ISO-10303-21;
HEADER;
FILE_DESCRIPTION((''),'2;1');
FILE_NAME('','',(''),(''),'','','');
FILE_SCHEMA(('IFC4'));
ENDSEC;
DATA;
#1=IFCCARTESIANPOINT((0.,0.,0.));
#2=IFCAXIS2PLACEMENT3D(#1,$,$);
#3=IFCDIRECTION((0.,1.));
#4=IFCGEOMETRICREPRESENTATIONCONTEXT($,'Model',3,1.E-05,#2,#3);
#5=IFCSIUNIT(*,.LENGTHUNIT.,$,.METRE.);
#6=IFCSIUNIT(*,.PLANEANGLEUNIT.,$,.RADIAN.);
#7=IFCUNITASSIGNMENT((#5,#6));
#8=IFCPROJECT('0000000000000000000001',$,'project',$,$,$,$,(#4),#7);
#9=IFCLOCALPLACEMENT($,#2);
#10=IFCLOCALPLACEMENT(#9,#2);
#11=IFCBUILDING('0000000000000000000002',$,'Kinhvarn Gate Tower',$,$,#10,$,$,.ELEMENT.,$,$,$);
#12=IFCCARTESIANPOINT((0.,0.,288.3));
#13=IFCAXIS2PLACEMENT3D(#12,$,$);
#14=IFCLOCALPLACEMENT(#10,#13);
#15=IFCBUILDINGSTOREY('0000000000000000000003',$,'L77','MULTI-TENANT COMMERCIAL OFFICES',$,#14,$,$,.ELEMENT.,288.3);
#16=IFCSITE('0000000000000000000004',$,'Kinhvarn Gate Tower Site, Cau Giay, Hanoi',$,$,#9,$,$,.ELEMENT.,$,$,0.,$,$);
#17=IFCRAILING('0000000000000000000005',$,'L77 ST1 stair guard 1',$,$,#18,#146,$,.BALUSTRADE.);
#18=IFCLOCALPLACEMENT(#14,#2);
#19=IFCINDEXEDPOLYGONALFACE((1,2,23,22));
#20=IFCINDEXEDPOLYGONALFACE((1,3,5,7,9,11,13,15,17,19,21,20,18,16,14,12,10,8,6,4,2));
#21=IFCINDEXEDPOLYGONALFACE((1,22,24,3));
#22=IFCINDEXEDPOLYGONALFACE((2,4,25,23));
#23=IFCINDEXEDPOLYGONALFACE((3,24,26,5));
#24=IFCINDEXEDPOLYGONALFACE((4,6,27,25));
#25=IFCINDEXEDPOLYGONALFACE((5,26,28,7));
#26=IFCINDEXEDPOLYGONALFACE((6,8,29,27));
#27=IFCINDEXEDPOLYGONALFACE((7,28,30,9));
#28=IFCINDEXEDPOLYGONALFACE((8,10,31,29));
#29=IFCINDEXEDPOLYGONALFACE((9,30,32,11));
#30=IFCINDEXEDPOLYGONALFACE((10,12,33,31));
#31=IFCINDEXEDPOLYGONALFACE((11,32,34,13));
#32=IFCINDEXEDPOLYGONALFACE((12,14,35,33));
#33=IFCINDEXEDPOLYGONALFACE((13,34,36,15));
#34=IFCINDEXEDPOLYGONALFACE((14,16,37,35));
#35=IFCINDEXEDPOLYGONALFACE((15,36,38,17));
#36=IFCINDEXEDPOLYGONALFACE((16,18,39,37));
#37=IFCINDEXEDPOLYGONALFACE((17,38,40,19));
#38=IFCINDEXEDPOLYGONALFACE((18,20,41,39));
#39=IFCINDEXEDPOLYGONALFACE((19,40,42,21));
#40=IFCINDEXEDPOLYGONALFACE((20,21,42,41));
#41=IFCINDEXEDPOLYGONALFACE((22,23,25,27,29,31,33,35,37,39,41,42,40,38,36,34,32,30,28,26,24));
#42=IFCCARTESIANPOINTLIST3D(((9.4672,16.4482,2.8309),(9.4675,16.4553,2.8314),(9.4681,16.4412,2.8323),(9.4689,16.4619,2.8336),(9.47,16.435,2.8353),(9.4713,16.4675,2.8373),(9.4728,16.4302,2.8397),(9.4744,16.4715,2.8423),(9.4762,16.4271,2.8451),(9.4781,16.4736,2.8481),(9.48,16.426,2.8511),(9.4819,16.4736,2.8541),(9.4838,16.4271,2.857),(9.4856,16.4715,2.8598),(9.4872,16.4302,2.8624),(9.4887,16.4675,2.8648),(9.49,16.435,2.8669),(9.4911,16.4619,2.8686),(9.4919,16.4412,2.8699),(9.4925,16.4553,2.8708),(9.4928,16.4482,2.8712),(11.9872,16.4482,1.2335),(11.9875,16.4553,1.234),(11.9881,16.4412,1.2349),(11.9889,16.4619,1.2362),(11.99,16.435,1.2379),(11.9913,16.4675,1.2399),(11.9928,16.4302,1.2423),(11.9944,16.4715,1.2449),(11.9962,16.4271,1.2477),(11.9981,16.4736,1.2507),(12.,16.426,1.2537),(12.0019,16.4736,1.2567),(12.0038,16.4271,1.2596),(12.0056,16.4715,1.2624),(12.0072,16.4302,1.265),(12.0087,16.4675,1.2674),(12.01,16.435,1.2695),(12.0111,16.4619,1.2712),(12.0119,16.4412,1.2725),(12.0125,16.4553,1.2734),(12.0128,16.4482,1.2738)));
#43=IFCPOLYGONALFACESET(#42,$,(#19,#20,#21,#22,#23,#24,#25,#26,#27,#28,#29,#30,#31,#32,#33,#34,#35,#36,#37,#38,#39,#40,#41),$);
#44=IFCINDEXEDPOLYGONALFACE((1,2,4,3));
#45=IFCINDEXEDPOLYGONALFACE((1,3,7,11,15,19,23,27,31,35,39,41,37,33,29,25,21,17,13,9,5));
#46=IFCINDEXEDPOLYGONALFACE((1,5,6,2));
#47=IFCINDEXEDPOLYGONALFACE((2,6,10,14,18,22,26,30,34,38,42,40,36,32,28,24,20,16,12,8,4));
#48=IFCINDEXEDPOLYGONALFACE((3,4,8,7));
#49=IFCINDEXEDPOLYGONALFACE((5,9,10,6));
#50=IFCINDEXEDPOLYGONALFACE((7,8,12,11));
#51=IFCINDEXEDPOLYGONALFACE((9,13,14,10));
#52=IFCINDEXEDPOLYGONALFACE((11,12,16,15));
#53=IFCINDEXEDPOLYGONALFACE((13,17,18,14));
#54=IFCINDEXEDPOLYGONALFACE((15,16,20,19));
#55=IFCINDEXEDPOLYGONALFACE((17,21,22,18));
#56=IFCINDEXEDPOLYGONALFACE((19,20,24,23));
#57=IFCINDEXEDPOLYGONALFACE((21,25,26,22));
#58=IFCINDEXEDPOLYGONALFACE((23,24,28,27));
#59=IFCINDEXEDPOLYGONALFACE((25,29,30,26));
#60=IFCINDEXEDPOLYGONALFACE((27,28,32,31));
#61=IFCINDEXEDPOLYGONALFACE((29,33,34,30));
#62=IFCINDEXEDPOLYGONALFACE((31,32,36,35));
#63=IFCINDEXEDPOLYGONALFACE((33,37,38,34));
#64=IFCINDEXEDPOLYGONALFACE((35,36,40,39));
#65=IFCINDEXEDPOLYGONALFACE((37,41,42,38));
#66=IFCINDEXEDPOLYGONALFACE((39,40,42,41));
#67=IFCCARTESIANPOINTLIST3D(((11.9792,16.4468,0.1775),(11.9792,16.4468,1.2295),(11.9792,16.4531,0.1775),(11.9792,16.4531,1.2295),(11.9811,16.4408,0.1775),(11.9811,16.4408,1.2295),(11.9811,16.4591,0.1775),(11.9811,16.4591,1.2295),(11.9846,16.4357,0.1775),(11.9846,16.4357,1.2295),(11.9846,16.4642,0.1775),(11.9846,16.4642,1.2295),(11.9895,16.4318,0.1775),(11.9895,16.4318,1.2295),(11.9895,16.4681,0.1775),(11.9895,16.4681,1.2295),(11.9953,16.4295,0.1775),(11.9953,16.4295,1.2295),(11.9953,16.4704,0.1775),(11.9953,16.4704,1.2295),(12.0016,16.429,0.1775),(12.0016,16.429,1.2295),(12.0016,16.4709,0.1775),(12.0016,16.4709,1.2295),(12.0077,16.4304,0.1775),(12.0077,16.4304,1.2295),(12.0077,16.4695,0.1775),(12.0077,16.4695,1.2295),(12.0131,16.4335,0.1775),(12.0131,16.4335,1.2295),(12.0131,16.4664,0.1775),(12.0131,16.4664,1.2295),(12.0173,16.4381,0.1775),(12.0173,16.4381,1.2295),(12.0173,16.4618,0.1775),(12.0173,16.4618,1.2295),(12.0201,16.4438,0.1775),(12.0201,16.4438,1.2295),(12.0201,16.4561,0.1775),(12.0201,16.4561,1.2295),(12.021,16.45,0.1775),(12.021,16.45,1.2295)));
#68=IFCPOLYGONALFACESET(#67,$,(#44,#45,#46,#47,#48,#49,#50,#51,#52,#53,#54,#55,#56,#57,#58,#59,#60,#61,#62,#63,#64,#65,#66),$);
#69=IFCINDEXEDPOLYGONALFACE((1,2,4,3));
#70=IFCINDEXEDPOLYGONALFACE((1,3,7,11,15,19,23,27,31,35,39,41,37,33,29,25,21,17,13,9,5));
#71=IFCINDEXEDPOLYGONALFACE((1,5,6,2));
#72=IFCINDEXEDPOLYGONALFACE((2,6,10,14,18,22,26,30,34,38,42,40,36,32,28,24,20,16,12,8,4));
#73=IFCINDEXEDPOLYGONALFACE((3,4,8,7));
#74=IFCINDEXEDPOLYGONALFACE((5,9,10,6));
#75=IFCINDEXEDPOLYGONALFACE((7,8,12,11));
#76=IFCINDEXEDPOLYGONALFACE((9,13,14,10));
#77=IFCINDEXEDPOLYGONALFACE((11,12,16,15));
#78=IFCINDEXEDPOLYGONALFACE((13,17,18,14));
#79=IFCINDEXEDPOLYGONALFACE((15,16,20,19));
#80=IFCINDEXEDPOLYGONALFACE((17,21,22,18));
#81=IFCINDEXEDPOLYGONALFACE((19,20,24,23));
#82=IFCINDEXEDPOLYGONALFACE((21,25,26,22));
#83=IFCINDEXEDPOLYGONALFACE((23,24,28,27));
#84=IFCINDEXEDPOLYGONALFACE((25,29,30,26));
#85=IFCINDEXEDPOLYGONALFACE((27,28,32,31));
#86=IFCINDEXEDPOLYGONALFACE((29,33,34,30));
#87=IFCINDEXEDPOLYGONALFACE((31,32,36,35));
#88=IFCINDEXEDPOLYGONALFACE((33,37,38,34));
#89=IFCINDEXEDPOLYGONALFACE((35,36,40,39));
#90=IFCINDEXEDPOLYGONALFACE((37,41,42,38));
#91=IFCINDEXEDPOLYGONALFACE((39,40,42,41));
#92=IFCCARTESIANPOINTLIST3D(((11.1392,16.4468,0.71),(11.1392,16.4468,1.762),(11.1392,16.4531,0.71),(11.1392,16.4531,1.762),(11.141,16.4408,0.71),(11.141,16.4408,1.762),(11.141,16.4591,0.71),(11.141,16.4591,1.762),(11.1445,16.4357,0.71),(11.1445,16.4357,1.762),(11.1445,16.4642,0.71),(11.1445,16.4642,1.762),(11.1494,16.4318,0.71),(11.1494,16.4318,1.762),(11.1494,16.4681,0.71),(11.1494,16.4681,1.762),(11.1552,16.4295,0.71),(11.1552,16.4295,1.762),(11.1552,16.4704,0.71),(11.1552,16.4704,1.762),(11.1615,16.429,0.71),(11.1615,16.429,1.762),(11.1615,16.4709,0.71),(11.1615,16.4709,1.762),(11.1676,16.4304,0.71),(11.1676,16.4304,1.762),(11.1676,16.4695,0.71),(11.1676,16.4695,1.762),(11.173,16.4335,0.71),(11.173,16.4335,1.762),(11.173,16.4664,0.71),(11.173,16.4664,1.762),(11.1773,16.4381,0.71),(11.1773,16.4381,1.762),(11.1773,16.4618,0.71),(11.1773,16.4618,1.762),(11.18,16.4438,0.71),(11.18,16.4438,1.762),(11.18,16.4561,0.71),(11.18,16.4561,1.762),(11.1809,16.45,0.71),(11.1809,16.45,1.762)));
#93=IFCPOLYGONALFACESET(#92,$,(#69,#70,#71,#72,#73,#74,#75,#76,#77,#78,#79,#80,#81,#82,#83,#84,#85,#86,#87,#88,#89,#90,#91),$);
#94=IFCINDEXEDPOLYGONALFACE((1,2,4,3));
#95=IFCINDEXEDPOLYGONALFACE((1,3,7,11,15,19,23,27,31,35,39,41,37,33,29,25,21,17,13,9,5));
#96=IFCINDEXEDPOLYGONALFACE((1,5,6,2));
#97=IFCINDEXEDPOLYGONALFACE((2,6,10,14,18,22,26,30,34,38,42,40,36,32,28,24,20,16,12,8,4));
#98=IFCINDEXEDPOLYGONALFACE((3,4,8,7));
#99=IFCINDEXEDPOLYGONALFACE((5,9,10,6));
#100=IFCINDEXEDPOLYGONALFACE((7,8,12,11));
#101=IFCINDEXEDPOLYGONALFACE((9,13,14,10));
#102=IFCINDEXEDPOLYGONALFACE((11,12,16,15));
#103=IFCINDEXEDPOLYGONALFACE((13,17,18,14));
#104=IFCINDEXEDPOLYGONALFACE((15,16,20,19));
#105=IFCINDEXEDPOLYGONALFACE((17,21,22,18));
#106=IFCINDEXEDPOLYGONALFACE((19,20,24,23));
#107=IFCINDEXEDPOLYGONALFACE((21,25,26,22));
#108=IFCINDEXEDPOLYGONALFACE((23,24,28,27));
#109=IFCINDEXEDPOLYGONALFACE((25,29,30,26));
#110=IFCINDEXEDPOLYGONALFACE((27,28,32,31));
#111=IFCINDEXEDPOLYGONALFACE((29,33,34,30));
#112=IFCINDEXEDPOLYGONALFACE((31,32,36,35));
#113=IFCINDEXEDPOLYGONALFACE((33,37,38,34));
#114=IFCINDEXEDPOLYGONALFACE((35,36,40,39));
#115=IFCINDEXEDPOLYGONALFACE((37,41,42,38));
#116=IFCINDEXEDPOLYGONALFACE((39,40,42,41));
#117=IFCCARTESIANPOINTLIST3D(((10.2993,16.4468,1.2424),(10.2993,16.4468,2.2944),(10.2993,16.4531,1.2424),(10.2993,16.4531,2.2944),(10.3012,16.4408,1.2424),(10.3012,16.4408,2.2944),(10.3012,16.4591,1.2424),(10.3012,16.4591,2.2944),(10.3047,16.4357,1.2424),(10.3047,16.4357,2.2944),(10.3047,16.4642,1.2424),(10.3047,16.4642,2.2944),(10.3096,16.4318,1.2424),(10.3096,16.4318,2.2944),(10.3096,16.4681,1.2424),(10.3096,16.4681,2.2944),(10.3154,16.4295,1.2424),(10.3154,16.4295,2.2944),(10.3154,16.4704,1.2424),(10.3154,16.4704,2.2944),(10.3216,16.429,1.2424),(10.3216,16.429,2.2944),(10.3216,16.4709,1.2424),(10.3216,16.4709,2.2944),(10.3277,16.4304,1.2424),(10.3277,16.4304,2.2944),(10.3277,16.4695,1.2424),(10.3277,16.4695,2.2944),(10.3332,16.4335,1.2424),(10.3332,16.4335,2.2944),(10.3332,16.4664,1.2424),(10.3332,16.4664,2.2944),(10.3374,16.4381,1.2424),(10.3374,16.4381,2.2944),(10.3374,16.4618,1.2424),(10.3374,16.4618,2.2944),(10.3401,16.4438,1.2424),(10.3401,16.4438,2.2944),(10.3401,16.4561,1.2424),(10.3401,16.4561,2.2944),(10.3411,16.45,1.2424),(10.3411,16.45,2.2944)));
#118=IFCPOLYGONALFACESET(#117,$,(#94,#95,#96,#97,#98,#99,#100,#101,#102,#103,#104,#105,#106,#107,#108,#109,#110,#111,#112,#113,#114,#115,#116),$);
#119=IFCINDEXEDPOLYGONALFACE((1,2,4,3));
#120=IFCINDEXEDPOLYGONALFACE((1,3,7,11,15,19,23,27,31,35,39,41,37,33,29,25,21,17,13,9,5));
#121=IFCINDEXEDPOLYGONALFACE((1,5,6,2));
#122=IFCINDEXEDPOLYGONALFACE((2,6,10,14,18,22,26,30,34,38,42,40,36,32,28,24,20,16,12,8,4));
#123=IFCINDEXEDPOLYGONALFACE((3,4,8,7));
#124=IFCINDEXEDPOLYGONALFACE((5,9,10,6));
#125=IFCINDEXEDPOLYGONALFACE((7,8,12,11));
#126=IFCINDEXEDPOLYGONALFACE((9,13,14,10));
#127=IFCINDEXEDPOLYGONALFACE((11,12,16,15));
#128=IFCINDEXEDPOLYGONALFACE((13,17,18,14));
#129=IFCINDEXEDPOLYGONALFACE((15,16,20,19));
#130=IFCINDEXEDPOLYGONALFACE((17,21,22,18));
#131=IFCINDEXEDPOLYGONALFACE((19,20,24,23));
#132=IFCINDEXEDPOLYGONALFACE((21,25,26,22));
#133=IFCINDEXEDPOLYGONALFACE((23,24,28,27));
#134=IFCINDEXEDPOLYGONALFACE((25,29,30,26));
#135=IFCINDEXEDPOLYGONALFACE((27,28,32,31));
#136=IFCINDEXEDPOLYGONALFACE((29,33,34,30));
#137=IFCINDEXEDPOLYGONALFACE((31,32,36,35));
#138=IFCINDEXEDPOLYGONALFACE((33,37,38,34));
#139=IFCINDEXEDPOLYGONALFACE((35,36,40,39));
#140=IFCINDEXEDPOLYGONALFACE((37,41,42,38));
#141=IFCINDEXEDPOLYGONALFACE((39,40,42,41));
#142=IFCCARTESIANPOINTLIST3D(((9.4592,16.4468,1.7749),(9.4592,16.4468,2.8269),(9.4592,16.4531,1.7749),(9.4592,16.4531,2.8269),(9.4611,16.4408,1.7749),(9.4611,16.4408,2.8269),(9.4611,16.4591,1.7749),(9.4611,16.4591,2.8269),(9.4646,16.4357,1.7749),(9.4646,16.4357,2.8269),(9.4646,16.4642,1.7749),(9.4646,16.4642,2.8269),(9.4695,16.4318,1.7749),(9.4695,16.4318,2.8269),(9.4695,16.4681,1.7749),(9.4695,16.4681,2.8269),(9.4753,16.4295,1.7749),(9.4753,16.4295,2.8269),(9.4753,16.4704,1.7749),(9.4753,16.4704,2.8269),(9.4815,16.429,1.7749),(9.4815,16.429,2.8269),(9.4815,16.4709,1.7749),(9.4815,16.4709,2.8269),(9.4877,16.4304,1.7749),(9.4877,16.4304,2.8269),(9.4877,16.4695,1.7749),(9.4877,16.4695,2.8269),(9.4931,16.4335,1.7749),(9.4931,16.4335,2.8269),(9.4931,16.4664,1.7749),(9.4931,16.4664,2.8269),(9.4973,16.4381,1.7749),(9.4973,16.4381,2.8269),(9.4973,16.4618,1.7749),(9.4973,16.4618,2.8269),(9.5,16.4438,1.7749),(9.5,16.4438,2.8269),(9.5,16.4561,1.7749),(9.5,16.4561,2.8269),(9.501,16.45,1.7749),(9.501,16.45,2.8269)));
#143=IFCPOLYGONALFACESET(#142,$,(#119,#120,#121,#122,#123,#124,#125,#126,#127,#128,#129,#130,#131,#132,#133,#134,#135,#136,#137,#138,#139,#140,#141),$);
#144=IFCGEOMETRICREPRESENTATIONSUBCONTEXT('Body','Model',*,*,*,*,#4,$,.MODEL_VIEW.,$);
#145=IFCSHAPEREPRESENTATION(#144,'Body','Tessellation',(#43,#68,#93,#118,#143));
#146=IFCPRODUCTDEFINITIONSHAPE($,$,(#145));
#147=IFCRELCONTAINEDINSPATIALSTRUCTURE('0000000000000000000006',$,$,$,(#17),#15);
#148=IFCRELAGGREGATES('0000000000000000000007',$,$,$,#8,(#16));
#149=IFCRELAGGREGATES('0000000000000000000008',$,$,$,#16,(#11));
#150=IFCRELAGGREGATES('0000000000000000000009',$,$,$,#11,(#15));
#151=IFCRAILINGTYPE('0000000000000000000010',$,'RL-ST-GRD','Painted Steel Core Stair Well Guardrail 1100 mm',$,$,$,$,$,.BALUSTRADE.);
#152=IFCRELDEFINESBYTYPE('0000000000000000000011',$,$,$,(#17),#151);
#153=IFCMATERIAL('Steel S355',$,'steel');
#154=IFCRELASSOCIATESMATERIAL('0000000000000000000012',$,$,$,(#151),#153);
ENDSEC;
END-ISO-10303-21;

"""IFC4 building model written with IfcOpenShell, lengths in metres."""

from ifc_helpers import new_model, si_unit, direction, frame, origin, origin_2d, place, context, subcontext, project, spatial, circle, extrude, material, type_object, element, save


model = new_model("IFC4")

# Units and contexts
model_context = context("Model", 3, precision=1e-05, world=origin(), true_north=direction((0.0, 1.0)))
body_context = subcontext(model_context, "Body", "Model", "MODEL_VIEW")
ifc_project = project(units=[si_unit("LENGTHUNIT", "METRE"), si_unit("PLANEANGLEUNIT", "RADIAN")], contexts=[model_context])

# Site, building, storey
site_placement = place(None, origin())
site = spatial("IfcSite", under=ifc_project, at=site_placement, Name="Kinhvarn Gate Tower Site, Cau Giay, Hanoi", CompositionType="ELEMENT", RefElevation=0.0)
building_placement = place(site_placement, origin())
building = spatial("IfcBuilding", under=site, at=building_placement, Name="Kinhvarn Gate Tower", CompositionType="ELEMENT")
storey_placement = place(building_placement, frame((0.0, 0.0, 288.3)))
storey = spatial("IfcBuildingStorey", under=building, at=storey_placement, Name="L77", Description="MULTI-TENANT COMMERCIAL OFFICES", CompositionType="ELEMENT", Elevation=288.3)

# Shared definitions
ifc_material_1 = material(Name="Steel S355", Category="steel")

# Railing
railing_type_1 = type_object("IfcRailingType", Name="RL-ST-GRD", Description="Painted Steel Core Stair Well Guardrail 1100 mm", PredefinedType="BALUSTRADE", material=ifc_material_1)
railing_1_placement = place(storey_placement, frame((12.0, 16.45, 0.1775)))
element("IfcRailing", 1, at=railing_1_placement, inside=storey, type_object=railing_type_1, Name="L77 ST1 stair guard 1", PredefinedType="BALUSTRADE", context=body_context, shape_type="SweptSolid", body=[
    extrude(circle(Radius=0.0239, at=origin_2d()), frame((0.0, 0.0, 1.0762), z_axis=(-0.844607, 0.0, 0.535387), x_axis=(0.0, -1.0, 0.0)), (0.0, 0.0, 1.0), 2.9836),
    extrude(circle(Radius=0.021, at=origin_2d()), origin(), (0.0, 0.0, 1.0), 1.052),
    extrude(circle(Radius=0.021, at=origin_2d()), frame((-0.8401, 0.0, 0.5325)), (0.0, 0.0, 1.0), 1.052),
    extrude(circle(Radius=0.021, at=origin_2d()), frame((-1.6799, 0.0, 1.0649)), (0.0, 0.0, 1.0), 1.052),
    extrude(circle(Radius=0.021, at=origin_2d()), frame((-2.52, 0.0, 1.5974)), (0.0, 0.0, 1.0), 1.052),
])

save(model, "model.ifc")
